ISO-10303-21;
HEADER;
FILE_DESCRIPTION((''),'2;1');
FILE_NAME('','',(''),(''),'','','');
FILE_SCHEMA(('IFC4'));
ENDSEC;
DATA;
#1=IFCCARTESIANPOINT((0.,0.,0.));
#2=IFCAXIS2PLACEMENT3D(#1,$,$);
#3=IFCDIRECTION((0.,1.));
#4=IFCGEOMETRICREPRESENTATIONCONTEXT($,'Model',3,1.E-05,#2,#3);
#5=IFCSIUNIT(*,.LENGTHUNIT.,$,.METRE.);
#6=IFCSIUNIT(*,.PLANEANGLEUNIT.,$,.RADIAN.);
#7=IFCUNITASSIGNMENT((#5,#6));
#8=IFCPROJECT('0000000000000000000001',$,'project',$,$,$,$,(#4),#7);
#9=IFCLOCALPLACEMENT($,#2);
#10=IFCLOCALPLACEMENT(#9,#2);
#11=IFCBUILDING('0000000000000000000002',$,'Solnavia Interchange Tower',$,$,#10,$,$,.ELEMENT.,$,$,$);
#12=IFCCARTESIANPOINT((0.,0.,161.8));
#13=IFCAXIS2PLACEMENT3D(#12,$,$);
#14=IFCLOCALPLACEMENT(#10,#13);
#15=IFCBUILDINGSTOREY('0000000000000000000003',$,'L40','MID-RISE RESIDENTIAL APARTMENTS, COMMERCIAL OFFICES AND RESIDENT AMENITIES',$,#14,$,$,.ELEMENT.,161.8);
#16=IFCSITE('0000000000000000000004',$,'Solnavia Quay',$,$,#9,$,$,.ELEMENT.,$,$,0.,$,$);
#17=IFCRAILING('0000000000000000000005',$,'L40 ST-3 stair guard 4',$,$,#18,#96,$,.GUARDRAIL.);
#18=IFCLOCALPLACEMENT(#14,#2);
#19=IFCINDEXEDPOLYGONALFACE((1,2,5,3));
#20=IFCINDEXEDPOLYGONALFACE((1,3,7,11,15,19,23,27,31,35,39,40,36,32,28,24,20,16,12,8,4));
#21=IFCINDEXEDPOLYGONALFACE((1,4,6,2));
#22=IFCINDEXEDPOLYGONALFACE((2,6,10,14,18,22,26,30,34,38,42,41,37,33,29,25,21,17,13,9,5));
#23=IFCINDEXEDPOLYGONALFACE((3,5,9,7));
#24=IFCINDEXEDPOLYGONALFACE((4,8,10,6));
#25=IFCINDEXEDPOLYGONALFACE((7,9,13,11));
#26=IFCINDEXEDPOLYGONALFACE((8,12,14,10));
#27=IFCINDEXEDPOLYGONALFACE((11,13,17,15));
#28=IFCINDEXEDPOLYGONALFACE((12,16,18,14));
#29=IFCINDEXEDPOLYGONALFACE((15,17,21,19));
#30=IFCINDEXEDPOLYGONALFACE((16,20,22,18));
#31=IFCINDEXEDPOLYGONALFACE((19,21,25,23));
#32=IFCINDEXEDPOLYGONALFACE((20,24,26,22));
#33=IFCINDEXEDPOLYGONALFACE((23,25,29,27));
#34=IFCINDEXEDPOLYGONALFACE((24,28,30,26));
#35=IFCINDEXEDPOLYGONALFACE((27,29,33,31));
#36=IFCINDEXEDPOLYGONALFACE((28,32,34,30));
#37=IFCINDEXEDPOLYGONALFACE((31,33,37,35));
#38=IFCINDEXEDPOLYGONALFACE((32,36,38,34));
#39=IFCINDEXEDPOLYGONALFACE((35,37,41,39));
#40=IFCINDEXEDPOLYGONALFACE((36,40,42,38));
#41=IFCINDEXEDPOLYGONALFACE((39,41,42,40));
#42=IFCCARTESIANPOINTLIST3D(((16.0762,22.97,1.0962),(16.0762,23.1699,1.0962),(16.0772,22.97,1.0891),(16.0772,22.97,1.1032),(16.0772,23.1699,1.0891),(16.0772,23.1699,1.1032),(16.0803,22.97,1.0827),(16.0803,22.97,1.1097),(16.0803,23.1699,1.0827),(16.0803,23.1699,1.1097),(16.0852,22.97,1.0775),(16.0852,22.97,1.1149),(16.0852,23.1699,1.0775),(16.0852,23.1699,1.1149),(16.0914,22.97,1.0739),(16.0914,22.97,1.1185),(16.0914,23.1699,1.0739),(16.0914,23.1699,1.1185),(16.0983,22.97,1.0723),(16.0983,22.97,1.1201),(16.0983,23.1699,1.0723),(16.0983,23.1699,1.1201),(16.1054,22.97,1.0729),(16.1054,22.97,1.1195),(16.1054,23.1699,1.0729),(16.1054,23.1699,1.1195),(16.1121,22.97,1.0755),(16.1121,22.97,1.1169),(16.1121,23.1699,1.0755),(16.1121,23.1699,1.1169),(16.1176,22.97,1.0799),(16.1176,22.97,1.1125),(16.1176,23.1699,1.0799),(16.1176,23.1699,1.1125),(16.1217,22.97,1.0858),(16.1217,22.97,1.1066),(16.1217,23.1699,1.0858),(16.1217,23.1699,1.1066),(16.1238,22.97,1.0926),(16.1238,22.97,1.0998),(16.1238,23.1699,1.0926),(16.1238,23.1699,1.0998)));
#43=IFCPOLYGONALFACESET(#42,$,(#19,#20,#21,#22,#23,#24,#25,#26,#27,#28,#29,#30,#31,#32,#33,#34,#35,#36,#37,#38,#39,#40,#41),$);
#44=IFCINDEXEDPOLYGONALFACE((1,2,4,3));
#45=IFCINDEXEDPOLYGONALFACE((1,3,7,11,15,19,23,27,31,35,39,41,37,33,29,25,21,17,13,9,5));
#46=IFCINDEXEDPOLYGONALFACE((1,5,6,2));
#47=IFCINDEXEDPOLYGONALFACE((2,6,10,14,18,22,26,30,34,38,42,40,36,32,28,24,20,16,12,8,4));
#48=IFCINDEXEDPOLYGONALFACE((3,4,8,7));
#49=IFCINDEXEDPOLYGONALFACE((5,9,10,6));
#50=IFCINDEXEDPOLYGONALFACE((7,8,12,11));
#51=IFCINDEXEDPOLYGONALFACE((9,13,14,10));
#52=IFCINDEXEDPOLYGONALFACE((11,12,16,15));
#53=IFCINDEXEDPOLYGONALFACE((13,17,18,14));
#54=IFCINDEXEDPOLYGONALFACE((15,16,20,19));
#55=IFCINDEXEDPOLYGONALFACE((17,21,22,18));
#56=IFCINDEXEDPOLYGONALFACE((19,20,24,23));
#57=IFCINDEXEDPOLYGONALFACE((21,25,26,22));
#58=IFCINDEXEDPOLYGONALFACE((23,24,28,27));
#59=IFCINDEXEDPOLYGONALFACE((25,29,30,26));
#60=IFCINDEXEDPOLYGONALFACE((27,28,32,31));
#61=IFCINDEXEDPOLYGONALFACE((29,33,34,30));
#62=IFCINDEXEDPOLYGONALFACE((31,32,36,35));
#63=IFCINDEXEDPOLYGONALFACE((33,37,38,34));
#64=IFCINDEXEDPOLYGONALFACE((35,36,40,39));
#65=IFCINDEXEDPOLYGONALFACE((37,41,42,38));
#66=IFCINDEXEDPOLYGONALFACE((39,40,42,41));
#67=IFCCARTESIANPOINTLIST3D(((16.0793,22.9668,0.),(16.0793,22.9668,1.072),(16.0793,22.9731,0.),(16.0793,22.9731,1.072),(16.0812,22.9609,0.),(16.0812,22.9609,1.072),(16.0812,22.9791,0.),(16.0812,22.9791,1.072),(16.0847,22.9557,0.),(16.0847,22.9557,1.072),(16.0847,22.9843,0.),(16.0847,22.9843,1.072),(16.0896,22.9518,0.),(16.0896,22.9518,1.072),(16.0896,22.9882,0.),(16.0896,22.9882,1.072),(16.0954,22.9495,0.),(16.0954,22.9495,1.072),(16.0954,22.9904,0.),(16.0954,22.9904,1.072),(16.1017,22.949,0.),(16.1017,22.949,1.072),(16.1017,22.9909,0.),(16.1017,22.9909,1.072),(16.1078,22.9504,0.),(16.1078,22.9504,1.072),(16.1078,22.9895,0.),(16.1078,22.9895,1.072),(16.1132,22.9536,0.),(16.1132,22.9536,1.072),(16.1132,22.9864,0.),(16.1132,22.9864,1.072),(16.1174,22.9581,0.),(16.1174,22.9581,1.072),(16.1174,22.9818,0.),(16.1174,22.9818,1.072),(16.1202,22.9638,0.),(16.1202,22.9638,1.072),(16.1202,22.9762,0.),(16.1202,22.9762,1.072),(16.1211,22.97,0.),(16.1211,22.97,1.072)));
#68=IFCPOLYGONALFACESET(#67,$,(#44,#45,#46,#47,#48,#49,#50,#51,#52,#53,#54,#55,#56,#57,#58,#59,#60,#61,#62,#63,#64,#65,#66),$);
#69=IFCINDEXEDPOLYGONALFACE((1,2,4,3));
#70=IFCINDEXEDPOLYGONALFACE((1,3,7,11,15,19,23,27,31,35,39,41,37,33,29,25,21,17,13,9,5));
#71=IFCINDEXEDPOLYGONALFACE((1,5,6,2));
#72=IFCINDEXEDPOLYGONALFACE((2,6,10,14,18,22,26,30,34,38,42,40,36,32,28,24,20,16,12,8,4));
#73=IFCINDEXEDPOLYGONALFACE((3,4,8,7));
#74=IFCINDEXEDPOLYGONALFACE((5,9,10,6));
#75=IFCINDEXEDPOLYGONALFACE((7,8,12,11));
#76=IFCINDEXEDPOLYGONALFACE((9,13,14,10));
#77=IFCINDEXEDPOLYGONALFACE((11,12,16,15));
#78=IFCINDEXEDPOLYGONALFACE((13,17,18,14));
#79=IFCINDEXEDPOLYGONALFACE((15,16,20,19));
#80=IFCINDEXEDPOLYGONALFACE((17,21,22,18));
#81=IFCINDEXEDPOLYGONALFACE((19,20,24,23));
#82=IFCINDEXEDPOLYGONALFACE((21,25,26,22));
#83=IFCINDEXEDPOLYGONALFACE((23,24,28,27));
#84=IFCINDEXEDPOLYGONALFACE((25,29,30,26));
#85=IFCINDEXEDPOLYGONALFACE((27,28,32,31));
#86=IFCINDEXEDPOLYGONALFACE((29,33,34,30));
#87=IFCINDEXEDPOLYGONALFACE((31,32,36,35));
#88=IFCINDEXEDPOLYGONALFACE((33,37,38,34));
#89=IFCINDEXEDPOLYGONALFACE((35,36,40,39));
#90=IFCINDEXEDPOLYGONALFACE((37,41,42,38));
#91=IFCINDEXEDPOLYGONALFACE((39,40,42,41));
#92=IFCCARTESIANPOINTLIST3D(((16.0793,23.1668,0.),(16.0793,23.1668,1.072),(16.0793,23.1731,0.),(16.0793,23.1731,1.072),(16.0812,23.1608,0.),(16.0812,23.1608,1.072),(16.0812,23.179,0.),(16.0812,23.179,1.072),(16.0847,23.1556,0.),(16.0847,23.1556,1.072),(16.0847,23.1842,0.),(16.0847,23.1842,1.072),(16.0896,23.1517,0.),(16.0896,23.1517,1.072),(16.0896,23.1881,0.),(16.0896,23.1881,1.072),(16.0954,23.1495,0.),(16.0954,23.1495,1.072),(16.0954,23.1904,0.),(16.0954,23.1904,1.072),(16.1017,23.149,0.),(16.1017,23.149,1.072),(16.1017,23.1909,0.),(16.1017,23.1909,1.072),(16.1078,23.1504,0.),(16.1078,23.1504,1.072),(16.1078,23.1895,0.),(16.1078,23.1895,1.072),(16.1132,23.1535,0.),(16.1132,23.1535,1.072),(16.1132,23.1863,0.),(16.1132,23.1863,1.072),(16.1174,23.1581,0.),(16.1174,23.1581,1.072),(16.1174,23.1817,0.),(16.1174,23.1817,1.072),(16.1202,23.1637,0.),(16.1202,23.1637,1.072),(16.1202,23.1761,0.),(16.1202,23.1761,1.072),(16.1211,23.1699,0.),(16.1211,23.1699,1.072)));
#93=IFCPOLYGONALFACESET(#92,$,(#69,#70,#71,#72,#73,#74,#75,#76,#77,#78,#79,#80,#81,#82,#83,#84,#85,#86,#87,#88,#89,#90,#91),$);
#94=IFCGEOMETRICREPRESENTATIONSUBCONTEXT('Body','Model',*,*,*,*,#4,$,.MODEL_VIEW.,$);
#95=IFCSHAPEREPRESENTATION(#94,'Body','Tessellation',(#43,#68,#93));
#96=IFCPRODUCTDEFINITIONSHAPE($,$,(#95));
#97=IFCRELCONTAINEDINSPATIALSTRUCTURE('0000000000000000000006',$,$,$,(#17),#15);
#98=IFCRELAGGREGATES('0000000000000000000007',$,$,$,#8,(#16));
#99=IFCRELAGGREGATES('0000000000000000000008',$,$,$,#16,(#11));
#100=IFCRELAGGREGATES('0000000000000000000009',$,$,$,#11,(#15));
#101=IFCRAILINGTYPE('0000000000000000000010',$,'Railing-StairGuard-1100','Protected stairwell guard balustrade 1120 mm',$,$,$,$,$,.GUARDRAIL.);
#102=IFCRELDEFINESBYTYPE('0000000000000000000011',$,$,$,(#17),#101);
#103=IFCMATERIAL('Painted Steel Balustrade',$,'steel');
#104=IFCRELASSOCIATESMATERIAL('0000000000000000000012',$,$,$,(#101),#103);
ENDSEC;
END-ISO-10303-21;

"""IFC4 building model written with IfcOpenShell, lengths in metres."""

from ifc_helpers import new_model, si_unit, direction, frame, origin, origin_2d, place, context, subcontext, project, spatial, circle, extrude, material, type_object, element, save


model = new_model("IFC4")

# Units and contexts
model_context = context("Model", 3, precision=1e-05, world=origin(), true_north=direction((0.0, 1.0)))
body_context = subcontext(model_context, "Body", "Model", "MODEL_VIEW")
ifc_project = project(units=[si_unit("LENGTHUNIT", "METRE"), si_unit("PLANEANGLEUNIT", "RADIAN")], contexts=[model_context])

# Site, building, storey
site_placement = place(None, origin())
site = spatial("IfcSite", under=ifc_project, at=site_placement, Name="Solnavia Quay", CompositionType="ELEMENT", RefElevation=0.0)
building_placement = place(site_placement, origin())
building = spatial("IfcBuilding", under=site, at=building_placement, Name="Solnavia Interchange Tower", CompositionType="ELEMENT")
storey_placement = place(building_placement, frame((0.0, 0.0, 161.8)))
storey = spatial("IfcBuildingStorey", under=building, at=storey_placement, Name="L40", Description="MID-RISE RESIDENTIAL APARTMENTS, COMMERCIAL OFFICES AND RESIDENT AMENITIES", CompositionType="ELEMENT", Elevation=161.8)

# Railing
ifc_material_1 = material(Name="Painted Steel Balustrade", Category="steel")
railing_type_1 = type_object("IfcRailingType", Name="Railing-StairGuard-1100", Description="Protected stairwell guard balustrade 1120 mm", PredefinedType="GUARDRAIL", material=ifc_material_1)
railing_1_placement = place(storey_placement, frame((16.1001, 22.97, 0.0)))
element("IfcRailing", 1, at=railing_1_placement, inside=storey, type_object=railing_type_1, Name="L40 ST-3 stair guard 4", PredefinedType="GUARDRAIL", context=body_context, shape_type="SweptSolid", body=[
    extrude(circle(Radius=0.0239, at=origin_2d()), frame((0.0, 0.0, 1.0962), z_axis=(0.0, 1.0, 0.0), x_axis=(-1.0, 0.0, 0.0)), (0.0, 0.0, 1.0), 0.2),
    extrude(circle(Radius=0.021, at=origin_2d()), origin(), (0.0, 0.0, 1.0), 1.072),
    extrude(circle(Radius=0.021, at=origin_2d()), frame((0.0, 0.2, 0.0)), (0.0, 0.0, 1.0), 1.072),
])

save(model, "model.ifc")
